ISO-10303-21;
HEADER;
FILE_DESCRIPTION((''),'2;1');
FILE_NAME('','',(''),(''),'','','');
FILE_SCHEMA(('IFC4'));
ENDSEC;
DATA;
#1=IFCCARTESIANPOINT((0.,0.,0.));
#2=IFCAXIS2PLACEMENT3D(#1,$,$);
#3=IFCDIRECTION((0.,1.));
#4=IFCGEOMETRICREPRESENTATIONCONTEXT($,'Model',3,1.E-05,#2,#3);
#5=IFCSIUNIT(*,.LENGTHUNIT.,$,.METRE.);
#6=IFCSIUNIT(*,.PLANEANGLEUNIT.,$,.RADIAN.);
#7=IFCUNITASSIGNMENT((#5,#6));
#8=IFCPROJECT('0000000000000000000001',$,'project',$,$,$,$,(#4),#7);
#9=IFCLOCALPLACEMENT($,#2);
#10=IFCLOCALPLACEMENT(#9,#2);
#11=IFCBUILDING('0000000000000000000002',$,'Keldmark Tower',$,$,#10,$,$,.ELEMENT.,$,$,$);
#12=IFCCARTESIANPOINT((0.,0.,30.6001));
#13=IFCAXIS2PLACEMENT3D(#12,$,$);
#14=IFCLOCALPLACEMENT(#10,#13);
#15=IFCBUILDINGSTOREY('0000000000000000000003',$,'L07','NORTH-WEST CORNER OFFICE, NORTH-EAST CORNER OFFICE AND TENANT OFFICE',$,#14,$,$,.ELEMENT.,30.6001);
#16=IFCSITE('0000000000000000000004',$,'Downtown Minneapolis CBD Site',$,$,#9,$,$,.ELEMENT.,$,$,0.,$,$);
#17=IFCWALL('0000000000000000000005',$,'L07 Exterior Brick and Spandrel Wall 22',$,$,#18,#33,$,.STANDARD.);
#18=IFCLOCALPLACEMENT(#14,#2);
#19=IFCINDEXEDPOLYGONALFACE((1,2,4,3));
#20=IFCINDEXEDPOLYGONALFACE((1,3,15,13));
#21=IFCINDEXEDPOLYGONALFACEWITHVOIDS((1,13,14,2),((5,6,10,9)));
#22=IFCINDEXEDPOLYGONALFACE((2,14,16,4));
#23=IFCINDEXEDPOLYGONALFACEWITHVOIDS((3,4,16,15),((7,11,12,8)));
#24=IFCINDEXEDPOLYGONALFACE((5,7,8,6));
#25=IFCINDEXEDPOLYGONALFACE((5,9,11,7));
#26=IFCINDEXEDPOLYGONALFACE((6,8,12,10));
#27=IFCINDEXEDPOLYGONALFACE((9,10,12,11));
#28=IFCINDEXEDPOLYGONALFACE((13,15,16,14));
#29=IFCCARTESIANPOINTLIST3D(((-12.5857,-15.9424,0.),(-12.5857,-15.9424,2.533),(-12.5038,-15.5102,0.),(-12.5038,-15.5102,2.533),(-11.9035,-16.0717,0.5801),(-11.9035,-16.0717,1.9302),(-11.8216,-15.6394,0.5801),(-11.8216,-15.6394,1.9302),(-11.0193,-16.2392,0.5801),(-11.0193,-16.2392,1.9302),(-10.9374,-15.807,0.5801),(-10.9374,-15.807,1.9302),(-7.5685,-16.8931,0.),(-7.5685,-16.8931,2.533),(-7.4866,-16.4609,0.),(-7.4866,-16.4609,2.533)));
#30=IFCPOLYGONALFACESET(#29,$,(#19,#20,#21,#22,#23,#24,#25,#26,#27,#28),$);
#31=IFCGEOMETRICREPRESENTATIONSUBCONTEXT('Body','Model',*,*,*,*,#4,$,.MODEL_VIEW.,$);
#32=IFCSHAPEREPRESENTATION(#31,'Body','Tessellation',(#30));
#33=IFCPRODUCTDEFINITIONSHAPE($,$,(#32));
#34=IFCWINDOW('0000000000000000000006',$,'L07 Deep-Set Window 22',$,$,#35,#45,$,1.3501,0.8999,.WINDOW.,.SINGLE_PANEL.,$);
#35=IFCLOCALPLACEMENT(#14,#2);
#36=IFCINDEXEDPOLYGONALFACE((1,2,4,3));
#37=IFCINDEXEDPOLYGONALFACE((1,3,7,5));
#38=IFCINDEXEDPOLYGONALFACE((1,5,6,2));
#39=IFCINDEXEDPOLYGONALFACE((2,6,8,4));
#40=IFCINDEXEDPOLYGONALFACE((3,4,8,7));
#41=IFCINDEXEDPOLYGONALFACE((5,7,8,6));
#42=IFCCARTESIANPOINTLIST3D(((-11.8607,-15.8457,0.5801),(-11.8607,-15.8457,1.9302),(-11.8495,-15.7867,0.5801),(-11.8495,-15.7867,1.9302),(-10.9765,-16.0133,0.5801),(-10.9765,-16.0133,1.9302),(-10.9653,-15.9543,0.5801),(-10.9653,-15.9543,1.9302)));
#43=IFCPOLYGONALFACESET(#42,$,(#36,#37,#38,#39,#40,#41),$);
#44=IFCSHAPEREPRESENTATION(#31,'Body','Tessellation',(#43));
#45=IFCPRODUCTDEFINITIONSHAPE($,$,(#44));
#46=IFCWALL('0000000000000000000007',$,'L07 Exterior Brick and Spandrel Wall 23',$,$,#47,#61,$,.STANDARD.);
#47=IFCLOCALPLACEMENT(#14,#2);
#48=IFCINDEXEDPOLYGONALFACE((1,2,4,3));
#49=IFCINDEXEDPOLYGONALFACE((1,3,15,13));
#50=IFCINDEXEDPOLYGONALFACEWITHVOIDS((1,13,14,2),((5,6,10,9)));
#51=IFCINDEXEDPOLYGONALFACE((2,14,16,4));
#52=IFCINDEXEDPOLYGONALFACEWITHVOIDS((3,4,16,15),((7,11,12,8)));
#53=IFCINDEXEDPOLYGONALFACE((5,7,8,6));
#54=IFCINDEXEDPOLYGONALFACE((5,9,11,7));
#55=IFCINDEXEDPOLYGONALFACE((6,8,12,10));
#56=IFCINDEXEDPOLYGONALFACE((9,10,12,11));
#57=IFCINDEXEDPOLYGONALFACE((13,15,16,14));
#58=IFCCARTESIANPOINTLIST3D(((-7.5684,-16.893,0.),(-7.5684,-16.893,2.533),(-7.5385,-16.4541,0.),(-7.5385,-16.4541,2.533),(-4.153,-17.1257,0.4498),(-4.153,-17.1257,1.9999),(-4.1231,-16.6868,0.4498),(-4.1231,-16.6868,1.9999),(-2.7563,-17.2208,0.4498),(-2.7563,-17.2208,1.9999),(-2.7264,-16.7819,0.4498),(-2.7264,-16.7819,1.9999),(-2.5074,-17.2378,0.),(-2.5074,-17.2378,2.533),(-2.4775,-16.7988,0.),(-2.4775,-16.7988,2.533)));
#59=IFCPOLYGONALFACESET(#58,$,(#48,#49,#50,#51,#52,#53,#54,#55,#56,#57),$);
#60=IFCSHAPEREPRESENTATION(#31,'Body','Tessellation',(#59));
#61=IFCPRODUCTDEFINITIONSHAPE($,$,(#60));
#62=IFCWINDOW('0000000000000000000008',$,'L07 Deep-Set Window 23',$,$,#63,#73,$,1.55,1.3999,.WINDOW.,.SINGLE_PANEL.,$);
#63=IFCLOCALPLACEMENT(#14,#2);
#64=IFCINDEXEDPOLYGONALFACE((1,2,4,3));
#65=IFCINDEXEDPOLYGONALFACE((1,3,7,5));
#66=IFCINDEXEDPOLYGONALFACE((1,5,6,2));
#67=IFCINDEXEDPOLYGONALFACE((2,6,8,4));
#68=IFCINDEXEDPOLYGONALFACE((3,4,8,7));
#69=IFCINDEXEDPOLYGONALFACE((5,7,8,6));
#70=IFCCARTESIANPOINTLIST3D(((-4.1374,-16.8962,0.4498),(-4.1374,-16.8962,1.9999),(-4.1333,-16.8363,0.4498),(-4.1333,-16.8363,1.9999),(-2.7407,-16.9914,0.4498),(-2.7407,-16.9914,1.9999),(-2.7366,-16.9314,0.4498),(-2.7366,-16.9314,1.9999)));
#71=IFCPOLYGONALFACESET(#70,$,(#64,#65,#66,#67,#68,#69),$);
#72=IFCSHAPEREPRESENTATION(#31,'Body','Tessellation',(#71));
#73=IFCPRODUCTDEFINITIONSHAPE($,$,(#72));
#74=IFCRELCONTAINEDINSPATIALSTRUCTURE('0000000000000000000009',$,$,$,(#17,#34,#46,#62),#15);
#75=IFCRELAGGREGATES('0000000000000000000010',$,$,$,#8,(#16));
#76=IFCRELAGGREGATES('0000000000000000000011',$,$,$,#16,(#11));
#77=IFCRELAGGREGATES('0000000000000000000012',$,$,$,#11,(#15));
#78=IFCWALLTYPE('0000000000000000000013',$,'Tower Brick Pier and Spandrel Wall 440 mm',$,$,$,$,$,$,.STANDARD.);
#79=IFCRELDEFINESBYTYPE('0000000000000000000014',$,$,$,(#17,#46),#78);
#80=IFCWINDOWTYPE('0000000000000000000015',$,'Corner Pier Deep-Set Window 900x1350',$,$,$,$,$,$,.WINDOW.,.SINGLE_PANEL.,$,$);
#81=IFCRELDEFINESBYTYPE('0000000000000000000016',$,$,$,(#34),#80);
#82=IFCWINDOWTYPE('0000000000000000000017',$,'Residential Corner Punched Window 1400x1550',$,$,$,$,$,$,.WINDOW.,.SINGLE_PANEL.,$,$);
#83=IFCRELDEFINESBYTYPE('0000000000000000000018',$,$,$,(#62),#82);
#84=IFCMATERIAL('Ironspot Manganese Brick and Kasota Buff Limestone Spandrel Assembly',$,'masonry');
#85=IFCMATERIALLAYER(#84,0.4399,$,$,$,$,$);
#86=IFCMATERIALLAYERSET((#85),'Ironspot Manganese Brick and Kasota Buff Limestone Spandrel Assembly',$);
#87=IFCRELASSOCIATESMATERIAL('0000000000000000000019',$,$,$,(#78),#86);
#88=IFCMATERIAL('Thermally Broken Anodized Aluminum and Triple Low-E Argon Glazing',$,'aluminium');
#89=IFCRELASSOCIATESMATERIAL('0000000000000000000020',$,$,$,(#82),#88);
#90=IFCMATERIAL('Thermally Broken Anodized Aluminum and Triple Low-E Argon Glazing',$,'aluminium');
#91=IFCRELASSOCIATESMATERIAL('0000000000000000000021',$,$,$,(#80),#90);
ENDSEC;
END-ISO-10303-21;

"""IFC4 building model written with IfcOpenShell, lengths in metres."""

from ifc_helpers import new_model, si_unit, direction, frame, frame_2d, origin, place, context, subcontext, project, spatial, rectangle, extrude, material, layer, layer_set, type_object, element, fill, save


model = new_model("IFC4")

# Units and contexts
model_context = context("Model", 3, precision=1e-05, world=origin(), true_north=direction((0.0, 1.0)))
body_context = subcontext(model_context, "Body", "Model", "MODEL_VIEW")
ifc_project = project(units=[si_unit("LENGTHUNIT", "METRE"), si_unit("PLANEANGLEUNIT", "RADIAN")], contexts=[model_context])

# Site, building, storey
site_placement = place(None, origin())
site = spatial("IfcSite", under=ifc_project, at=site_placement, Name="Downtown Minneapolis CBD Site", CompositionType="ELEMENT", RefElevation=0.0)
building_placement = place(site_placement, origin())
building = spatial("IfcBuilding", under=site, at=building_placement, Name="Keldmark Tower", CompositionType="ELEMENT")
storey_placement = place(building_placement, frame((0.0, 0.0, 30.6001)))
storey = spatial("IfcBuildingStorey", under=building, at=storey_placement, Name="L07", Description="NORTH-WEST CORNER OFFICE, NORTH-EAST CORNER OFFICE AND TENANT OFFICE", CompositionType="ELEMENT", Elevation=30.6001)

# Walls, openings, windows
ifc_material_1 = material(Name="Ironspot Manganese Brick and Kasota Buff Limestone Spandrel Assembly", Category="masonry")
ifc_layer_1 = layer(ifc_material_1, 0.4399)
ifc_layer_set_1 = layer_set([ifc_layer_1], Name="Ironspot Manganese Brick and Kasota Buff Limestone Spandrel Assembly")
wall_type_1 = type_object("IfcWallType", Name="Tower Brick Pier and Spandrel Wall 440 mm", PredefinedType="STANDARD", material=ifc_layer_set_1)
ifc_material_2 = material(Name="Thermally Broken Anodized Aluminum and Triple Low-E Argon Glazing", Category="aluminium")
window_type_1 = type_object("IfcWindowType", Name="Residential Corner Punched Window 1400x1550", PartitioningType="SINGLE_PANEL", PredefinedType="WINDOW", material=ifc_material_2)
wall_1_placement = place(storey_placement, frame((-7.5276, -16.677, 0.0), z_axis=(0.0, 0.0, 1.0), x_axis=(-0.982516, 0.186176, 0.0)))
wall_1 = element("IfcWall", 1, at=wall_1_placement, inside=storey, type_object=wall_type_1, Name="L07 Exterior Brick and Spandrel Wall 22", PredefinedType="STANDARD", context=body_context, shape_type="SweptSolid", body=[
    extrude(rectangle(XDim=5.1064, YDim=0.4399, at=frame_2d((2.5532, 0.0))), origin(), (0.0, 0.0, 1.0), 2.533),
])
opening_1_placement = place(wall_1_placement, frame((3.5122, 0.0, 0.5801)))
opening_1 = element("IfcOpeningElement", 2, at=opening_1_placement, cuts=wall_1, PredefinedType="OPENING", context=body_context, shape_type="SweptSolid", body=[
    extrude(rectangle(XDim=0.8999, YDim=1.3501, at=frame_2d((0.45, 0.675))), frame((0.0, 0.23, 0.0), z_axis=(0.0, -1.0, 0.0), x_axis=(1.0, 0.0, 0.0)), (0.0, 0.0, 1.0), 0.46),
])
ifc_material_3 = material(Name="Thermally Broken Anodized Aluminum and Triple Low-E Argon Glazing", Category="aluminium")
window_type_2 = type_object("IfcWindowType", Name="Corner Pier Deep-Set Window 900x1350", PartitioningType="SINGLE_PANEL", PredefinedType="WINDOW", material=ifc_material_3)
window_1_placement = place(opening_1_placement, origin())
window_1 = element("IfcWindow", 3, at=window_1_placement, inside=storey, type_object=window_type_2, Name="L07 Deep-Set Window 22", OverallHeight=1.3501, OverallWidth=0.8999, PartitioningType="SINGLE_PANEL", PredefinedType="WINDOW", context=body_context, shape_type="SweptSolid", body=[
    extrude(rectangle(XDim=0.8999, YDim=1.3501, at=frame_2d((0.45, 0.675))), frame((0.0, -0.01, 0.0), z_axis=(0.0, -1.0, 0.0), x_axis=(1.0, 0.0, 0.0)), (0.0, 0.0, 1.0), 0.0601),
])
fill(opening_1, window_1)
wall_2_placement = place(storey_placement, frame((-2.4924, -17.0183, 0.0), z_axis=(0.0, 0.0, 1.0), x_axis=(-0.997688, 0.067956, 0.0)))
wall_2 = element("IfcWall", 4, at=wall_2_placement, inside=storey, type_object=wall_type_1, Name="L07 Exterior Brick and Spandrel Wall 23", PredefinedType="STANDARD", context=body_context, shape_type="SweptSolid", body=[
    extrude(rectangle(XDim=5.0728, YDim=0.4399, at=frame_2d((2.5364, 0.0))), origin(), (0.0, 0.0, 1.0), 2.533),
])
opening_2_placement = place(wall_2_placement, frame((0.2495, 0.0, 0.45)))
opening_2 = element("IfcOpeningElement", 5, at=opening_2_placement, cuts=wall_2, PredefinedType="OPENING", context=body_context, shape_type="SweptSolid", body=[
    extrude(rectangle(XDim=1.3999, YDim=1.55, at=frame_2d((0.7, 0.7749))), frame((0.0, 0.23, 0.0), z_axis=(0.0, -1.0, 0.0), x_axis=(1.0, 0.0, 0.0)), (0.0, 0.0, 1.0), 0.46),
])
window_2_placement = place(opening_2_placement, origin())
window_2 = element("IfcWindow", 6, at=window_2_placement, inside=storey, type_object=window_type_1, Name="L07 Deep-Set Window 23", OverallHeight=1.55, OverallWidth=1.3999, PartitioningType="SINGLE_PANEL", PredefinedType="WINDOW", context=body_context, shape_type="SweptSolid", body=[
    extrude(rectangle(XDim=1.3999, YDim=1.55, at=frame_2d((0.7, 0.7749))), frame((0.0, -0.01, 0.0), z_axis=(0.0, -1.0, 0.0), x_axis=(1.0, 0.0, 0.0)), (0.0, 0.0, 1.0), 0.0601),
])
fill(opening_2, window_2)

save(model, "model.ifc")
